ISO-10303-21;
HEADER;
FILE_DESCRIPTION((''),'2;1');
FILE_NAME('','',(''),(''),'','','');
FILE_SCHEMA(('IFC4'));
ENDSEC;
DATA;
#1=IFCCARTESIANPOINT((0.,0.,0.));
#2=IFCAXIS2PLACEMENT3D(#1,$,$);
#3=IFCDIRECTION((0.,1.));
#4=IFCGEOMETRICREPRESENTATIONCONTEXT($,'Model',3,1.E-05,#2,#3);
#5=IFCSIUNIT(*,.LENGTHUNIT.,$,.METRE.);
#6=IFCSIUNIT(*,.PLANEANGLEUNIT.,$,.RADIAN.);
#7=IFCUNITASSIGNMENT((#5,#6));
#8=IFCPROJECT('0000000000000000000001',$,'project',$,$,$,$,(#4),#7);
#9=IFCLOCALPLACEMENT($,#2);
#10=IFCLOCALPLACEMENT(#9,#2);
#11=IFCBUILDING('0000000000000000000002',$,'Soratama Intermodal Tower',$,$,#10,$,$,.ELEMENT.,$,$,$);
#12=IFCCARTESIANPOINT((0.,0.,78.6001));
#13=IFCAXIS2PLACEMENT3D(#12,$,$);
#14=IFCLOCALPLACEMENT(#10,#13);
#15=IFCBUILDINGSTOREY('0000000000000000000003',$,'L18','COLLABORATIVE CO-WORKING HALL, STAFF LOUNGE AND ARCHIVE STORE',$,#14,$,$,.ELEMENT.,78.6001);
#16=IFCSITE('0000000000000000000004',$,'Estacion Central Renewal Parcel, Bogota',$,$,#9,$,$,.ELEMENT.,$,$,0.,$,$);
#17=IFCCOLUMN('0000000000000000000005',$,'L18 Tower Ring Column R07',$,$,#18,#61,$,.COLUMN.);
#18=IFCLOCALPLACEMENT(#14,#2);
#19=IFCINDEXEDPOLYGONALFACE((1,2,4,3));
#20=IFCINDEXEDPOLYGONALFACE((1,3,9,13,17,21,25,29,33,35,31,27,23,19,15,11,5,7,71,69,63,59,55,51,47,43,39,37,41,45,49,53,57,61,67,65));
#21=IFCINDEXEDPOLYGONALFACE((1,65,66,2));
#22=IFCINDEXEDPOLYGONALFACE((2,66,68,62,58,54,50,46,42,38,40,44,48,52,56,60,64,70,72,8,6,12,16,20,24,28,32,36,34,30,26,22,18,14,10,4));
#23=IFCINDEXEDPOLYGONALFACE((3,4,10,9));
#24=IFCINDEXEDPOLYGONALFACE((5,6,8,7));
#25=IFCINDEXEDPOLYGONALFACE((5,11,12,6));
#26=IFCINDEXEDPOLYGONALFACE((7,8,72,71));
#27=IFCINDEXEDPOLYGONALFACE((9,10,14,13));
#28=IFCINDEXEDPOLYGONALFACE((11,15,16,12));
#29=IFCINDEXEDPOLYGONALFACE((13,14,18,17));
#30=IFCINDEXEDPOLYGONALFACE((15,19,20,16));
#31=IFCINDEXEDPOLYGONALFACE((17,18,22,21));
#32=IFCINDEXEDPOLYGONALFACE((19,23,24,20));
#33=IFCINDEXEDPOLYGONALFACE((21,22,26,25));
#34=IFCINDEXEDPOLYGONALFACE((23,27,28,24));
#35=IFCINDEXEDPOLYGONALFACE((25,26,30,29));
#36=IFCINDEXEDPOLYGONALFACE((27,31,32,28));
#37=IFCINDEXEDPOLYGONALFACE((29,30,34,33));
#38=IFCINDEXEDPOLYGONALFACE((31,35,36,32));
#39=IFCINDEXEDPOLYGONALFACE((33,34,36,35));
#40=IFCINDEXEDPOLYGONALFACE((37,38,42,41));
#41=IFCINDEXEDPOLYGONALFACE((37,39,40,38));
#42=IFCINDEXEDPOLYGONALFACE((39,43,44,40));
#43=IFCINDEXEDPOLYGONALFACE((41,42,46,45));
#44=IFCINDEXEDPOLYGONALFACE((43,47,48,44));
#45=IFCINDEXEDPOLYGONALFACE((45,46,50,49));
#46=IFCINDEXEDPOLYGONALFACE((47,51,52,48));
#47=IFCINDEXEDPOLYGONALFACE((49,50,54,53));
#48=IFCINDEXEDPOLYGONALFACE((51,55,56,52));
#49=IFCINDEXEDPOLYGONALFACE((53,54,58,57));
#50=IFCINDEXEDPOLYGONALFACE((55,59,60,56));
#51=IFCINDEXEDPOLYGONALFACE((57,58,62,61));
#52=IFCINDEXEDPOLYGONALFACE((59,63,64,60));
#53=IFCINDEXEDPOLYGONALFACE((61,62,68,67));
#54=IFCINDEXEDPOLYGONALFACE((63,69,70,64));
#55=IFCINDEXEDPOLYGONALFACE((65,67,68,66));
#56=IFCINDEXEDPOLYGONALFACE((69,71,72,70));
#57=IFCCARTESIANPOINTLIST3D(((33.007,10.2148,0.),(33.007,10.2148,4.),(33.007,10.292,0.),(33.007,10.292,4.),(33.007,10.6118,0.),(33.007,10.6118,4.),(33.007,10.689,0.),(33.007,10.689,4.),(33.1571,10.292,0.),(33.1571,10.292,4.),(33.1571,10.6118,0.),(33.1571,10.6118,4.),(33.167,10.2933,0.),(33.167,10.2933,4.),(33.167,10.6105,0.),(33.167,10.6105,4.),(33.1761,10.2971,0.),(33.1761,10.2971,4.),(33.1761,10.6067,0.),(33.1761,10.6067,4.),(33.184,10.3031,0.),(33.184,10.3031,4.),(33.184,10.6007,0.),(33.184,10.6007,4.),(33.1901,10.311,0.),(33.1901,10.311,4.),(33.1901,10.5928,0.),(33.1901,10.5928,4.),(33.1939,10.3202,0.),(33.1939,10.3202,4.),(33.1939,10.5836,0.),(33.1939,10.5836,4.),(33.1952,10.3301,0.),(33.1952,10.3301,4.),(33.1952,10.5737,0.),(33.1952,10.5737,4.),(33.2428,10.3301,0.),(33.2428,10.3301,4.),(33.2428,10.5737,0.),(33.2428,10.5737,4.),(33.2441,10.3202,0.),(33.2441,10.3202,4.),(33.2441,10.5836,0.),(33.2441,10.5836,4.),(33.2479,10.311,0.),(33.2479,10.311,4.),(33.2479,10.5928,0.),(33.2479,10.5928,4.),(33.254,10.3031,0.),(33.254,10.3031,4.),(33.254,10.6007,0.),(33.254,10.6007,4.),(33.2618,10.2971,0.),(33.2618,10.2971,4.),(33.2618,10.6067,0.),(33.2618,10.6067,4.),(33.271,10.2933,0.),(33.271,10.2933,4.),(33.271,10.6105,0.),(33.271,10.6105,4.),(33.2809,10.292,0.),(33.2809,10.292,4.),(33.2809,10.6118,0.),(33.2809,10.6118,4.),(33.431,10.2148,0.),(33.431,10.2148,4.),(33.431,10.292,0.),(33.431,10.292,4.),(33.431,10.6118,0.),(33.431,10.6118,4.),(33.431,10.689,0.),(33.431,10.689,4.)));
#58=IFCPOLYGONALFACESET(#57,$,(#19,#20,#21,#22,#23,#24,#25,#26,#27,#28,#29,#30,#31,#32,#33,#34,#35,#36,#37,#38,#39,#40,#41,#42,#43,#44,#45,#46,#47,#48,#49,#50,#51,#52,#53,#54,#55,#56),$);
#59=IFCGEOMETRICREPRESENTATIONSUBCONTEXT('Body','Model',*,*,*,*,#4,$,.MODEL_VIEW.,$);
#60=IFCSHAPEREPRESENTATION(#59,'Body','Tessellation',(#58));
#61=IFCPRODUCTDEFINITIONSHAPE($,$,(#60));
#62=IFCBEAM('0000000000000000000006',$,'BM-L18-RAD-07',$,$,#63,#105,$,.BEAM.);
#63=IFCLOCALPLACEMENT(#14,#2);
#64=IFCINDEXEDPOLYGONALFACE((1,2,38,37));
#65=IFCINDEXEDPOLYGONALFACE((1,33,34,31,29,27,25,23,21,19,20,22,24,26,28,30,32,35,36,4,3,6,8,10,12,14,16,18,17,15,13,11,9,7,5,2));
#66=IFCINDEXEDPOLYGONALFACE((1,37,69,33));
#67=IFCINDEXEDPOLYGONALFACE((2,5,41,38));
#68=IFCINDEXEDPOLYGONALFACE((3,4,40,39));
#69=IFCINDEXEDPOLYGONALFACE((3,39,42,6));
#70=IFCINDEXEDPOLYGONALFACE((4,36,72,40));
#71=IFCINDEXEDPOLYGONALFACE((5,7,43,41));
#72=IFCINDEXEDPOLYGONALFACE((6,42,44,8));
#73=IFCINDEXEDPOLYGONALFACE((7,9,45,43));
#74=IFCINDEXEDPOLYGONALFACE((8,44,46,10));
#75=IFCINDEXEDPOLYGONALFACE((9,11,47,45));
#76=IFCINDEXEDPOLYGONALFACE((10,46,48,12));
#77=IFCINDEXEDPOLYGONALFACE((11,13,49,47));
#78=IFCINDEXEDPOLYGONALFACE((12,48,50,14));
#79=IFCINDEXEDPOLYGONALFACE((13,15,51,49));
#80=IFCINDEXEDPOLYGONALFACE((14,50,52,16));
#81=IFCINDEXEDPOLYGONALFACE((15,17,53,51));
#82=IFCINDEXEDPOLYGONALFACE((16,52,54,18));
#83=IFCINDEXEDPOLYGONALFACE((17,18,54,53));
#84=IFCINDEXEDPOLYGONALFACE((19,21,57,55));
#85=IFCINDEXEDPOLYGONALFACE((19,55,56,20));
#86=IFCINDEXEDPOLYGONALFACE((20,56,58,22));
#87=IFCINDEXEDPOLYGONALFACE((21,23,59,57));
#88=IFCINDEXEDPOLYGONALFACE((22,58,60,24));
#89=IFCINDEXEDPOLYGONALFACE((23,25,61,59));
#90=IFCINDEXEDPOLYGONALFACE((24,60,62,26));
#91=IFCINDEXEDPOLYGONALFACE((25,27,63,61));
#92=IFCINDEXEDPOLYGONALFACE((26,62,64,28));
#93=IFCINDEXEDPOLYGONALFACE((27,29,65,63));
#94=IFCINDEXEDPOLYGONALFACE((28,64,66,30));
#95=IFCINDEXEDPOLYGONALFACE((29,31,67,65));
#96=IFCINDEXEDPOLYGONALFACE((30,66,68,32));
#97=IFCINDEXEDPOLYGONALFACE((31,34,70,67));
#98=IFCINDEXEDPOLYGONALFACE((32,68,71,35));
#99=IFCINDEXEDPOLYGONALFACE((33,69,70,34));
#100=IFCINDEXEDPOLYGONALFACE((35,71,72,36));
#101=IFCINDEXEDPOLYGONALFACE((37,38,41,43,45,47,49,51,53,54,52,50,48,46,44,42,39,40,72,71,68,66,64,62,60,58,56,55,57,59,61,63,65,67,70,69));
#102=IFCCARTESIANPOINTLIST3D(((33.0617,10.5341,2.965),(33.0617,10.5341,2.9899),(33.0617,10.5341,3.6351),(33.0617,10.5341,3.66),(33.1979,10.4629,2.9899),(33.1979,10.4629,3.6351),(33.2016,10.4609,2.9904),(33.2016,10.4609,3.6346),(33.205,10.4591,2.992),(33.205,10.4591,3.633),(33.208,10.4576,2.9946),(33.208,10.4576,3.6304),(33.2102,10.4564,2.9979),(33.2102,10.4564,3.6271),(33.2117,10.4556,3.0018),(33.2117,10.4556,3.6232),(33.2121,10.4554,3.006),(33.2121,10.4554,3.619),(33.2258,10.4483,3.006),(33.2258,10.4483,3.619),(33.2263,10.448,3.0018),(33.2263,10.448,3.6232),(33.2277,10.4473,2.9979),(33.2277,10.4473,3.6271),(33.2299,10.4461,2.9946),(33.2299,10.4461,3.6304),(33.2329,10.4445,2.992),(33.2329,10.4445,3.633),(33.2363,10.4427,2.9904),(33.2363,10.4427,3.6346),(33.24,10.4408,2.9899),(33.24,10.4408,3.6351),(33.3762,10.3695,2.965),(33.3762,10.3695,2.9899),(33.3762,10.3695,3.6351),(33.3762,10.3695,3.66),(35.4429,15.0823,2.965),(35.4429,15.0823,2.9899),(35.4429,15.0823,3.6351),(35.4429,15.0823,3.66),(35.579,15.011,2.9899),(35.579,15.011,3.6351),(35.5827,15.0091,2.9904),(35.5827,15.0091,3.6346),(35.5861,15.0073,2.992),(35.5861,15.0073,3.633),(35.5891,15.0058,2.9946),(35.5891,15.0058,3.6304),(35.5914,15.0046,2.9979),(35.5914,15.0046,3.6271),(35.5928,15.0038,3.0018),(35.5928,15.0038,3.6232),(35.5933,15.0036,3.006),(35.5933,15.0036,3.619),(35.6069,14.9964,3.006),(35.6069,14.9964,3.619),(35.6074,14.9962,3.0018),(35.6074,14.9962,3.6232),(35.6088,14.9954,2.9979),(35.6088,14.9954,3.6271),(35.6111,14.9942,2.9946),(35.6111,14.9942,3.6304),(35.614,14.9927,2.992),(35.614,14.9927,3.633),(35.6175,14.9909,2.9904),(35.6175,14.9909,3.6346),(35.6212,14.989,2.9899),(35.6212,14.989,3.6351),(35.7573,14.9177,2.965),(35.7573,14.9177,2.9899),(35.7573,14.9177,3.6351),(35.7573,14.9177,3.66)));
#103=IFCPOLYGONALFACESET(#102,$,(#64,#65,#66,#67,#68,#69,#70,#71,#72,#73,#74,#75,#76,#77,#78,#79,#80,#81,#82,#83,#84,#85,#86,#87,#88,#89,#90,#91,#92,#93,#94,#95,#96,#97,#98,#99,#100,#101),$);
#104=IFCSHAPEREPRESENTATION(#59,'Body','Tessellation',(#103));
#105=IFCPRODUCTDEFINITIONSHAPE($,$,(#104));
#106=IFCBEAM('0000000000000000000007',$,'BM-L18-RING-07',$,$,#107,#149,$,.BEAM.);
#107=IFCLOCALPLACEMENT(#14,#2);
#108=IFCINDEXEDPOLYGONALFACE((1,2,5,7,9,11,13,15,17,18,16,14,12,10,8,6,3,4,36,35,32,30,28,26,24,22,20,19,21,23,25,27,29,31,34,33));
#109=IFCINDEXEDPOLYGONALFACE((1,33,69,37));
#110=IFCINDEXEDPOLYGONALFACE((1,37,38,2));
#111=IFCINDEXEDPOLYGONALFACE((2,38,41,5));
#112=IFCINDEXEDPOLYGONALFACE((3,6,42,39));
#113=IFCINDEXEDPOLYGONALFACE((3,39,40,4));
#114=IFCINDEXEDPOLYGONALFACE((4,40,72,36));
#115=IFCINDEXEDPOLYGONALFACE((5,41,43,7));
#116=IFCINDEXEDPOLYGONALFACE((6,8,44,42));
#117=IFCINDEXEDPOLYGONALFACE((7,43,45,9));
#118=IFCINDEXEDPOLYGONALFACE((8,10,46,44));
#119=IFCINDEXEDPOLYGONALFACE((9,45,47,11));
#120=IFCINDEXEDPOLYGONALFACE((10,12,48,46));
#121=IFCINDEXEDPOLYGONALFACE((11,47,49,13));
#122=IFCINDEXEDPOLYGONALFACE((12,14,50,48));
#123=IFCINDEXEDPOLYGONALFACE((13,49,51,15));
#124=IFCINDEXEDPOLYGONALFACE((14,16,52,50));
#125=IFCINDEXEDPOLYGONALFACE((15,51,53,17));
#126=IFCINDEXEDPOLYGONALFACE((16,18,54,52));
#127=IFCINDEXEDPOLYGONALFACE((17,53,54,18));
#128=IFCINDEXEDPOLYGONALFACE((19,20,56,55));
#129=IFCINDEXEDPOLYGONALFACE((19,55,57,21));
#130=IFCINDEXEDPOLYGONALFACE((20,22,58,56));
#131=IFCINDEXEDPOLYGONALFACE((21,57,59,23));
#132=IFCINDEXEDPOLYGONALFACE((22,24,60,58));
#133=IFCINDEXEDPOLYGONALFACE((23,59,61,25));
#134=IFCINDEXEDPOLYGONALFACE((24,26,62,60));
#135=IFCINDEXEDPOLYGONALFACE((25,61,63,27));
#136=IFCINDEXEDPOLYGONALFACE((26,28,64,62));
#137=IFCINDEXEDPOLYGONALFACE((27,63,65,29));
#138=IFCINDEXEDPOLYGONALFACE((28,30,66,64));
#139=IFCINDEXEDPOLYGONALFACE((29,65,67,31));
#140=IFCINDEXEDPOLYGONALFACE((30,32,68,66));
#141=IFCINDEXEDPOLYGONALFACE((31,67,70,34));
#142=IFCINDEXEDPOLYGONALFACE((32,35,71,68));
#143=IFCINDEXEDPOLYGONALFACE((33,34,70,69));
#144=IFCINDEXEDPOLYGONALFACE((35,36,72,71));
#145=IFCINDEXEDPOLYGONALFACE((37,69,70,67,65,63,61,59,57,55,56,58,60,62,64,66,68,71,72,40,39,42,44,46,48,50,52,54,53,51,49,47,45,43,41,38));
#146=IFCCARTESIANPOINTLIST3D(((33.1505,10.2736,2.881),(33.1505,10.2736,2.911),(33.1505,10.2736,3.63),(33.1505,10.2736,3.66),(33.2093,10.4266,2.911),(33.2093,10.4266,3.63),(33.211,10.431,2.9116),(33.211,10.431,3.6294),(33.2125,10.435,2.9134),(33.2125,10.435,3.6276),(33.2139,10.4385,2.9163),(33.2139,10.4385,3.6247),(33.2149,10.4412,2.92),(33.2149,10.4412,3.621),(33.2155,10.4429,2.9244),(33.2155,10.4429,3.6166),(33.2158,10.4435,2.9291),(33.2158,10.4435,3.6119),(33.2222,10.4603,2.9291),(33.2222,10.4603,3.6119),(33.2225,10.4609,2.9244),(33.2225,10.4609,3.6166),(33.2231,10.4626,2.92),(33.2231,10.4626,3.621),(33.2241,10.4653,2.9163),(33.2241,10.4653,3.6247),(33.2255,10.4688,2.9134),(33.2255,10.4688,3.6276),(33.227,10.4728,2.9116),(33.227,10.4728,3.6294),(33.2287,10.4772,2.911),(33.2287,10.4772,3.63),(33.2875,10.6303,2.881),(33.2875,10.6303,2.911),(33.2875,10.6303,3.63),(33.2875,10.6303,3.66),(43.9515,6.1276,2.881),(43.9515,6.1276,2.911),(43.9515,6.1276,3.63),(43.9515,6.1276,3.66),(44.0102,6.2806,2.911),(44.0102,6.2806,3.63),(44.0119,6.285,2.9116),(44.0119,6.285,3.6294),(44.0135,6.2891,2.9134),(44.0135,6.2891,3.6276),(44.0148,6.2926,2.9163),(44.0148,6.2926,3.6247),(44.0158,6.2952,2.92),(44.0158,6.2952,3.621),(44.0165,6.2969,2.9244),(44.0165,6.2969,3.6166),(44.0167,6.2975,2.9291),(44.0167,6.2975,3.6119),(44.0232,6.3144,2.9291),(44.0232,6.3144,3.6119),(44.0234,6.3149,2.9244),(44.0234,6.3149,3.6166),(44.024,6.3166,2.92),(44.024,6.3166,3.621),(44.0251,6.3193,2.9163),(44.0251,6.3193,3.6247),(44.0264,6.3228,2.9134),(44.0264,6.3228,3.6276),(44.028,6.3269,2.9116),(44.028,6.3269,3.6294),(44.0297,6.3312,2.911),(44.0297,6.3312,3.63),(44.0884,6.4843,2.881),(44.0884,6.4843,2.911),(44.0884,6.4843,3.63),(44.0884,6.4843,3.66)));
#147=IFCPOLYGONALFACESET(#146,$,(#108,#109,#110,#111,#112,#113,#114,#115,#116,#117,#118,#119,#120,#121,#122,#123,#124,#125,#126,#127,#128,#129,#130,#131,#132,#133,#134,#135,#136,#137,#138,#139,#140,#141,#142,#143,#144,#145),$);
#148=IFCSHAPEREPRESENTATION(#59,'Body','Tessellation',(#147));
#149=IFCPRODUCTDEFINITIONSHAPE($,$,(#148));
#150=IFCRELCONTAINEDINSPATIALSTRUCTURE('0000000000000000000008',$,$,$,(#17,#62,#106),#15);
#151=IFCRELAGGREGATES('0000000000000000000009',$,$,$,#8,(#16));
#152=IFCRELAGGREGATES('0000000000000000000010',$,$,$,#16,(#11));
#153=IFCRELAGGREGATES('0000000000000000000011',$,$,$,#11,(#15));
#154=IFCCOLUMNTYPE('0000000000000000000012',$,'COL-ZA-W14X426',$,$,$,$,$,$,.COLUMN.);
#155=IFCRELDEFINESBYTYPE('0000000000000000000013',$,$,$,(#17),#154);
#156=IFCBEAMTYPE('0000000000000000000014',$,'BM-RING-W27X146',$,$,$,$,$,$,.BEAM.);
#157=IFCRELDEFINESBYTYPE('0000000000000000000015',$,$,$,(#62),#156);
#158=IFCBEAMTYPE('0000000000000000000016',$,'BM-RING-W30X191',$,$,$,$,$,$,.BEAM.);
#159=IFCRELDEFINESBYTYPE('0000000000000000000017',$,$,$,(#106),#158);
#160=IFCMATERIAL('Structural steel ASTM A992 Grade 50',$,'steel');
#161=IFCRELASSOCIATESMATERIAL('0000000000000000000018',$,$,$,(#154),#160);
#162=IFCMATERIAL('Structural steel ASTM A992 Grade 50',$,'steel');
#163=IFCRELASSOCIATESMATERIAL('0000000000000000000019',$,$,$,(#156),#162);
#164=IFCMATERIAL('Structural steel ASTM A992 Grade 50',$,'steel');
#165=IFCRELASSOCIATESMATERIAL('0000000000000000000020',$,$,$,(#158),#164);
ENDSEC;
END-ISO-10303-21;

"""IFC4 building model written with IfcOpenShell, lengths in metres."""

from ifc_helpers import new_model, si_unit, direction, frame, origin, origin_2d, place, context, subcontext, project, spatial, i_section, extrude, material, material_profile, profile_set, type_object, element, save


model = new_model("IFC4")

# Units and contexts
model_context = context("Model", 3, precision=1e-05, world=origin(), true_north=direction((0.0, 1.0)))
body_context = subcontext(model_context, "Body", "Model", "MODEL_VIEW")
ifc_project = project(units=[si_unit("LENGTHUNIT", "METRE"), si_unit("PLANEANGLEUNIT", "RADIAN")], contexts=[model_context])

# Site, building, storey
site_placement = place(None, origin())
site = spatial("IfcSite", under=ifc_project, at=site_placement, Name="Estacion Central Renewal Parcel, Bogota", CompositionType="ELEMENT", RefElevation=0.0)
building_placement = place(site_placement, origin())
building = spatial("IfcBuilding", under=site, at=building_placement, Name="Soratama Intermodal Tower", CompositionType="ELEMENT")
storey_placement = place(building_placement, frame((0.0, 0.0, 78.6001)))
storey = spatial("IfcBuildingStorey", under=building, at=storey_placement, Name="L18", Description="COLLABORATIVE CO-WORKING HALL, STAFF LOUNGE AND ARCHIVE STORE", CompositionType="ELEMENT", Elevation=78.6001)

# Column
ifc_material_1 = material(Name="Structural steel ASTM A992 Grade 50", Category="steel")
ifc_material_profile_1 = material_profile(ifc_material_1, i_section(OverallWidth=0.4241, OverallDepth=0.4741, WebThickness=0.0476, FlangeThickness=0.0771, FilletRadius=0.0381, at=origin_2d()), Name="W14X426")
ifc_profile_set_1 = profile_set([ifc_material_profile_1], Name="Structural steel ASTM A992 Grade 50")
column_type = type_object("IfcColumnType", Name="COL-ZA-W14X426", PredefinedType="COLUMN", material=ifc_profile_set_1)
column_placement = place(storey_placement, frame((33.219, 10.4519, 0.0), z_axis=(0.0, 0.0, 1.0), x_axis=(1.0, 0.0, 0.0)))
element("IfcColumn", 1, at=column_placement, inside=storey, type_object=column_type, Name="L18 Tower Ring Column R07", PredefinedType="COLUMN", context=body_context, shape_type="SweptSolid", body=[
    extrude(i_section(OverallWidth=0.4241, OverallDepth=0.4741, WebThickness=0.0476, FlangeThickness=0.0771, FilletRadius=0.0381, at=origin_2d()), origin(), (0.0, 0.0, 1.0), 4.0),
])

# Beams
ifc_material_2 = material(Name="Structural steel ASTM A992 Grade 50", Category="steel")
ifc_material_profile_2 = material_profile(ifc_material_2, i_section(OverallWidth=0.355, OverallDepth=0.6951, WebThickness=0.0154, FlangeThickness=0.0249, FilletRadius=0.0161, at=origin_2d()), Name="W27X146")
ifc_profile_set_2 = profile_set([ifc_material_profile_2], Name="Structural steel ASTM A992 Grade 50")
beam_type_1 = type_object("IfcBeamType", Name="BM-RING-W27X146", PredefinedType="BEAM", material=ifc_profile_set_2)
beam_1_placement = place(storey_placement, frame((35.6001, 15.0, 3.3125), z_axis=(-0.463819, -0.88593, 0.0), x_axis=(0.88593, -0.463819, 0.0)))
element("IfcBeam", 2, at=beam_1_placement, inside=storey, type_object=beam_type_1, Name="BM-L18-RAD-07", PredefinedType="BEAM", context=body_context, shape_type="SweptSolid", body=[
    extrude(i_section(OverallWidth=0.355, OverallDepth=0.6951, WebThickness=0.0154, FlangeThickness=0.0249, FilletRadius=0.0161, at=origin_2d()), origin(), (0.0, 0.0, 1.0), 5.1338),
])
ifc_material_3 = material(Name="Structural steel ASTM A992 Grade 50", Category="steel")
ifc_material_profile_3 = material_profile(ifc_material_3, i_section(OverallWidth=0.3821, OverallDepth=0.7791, WebThickness=0.0181, FlangeThickness=0.03, FilletRadius=0.0181, at=origin_2d()), Name="W30X191")
ifc_profile_set_3 = profile_set([ifc_material_profile_3], Name="Structural steel ASTM A992 Grade 50")
beam_type_2 = type_object("IfcBeamType", Name="BM-RING-W30X191", PredefinedType="BEAM", material=ifc_profile_set_3)
beam_2_placement = place(storey_placement, frame((33.219, 10.4519, 3.2705), z_axis=(0.933584, -0.358358, 0.0), x_axis=(0.358358, 0.933584, 0.0)))
element("IfcBeam", 3, at=beam_2_placement, inside=storey, type_object=beam_type_2, Name="BM-L18-RING-07", PredefinedType="BEAM", context=body_context, shape_type="SweptSolid", body=[
    extrude(i_section(OverallWidth=0.3821, OverallDepth=0.7791, WebThickness=0.0181, FlangeThickness=0.03, FilletRadius=0.0181, at=origin_2d()), origin(), (0.0, 0.0, 1.0), 11.5693),
])

save(model, "model.ifc")
